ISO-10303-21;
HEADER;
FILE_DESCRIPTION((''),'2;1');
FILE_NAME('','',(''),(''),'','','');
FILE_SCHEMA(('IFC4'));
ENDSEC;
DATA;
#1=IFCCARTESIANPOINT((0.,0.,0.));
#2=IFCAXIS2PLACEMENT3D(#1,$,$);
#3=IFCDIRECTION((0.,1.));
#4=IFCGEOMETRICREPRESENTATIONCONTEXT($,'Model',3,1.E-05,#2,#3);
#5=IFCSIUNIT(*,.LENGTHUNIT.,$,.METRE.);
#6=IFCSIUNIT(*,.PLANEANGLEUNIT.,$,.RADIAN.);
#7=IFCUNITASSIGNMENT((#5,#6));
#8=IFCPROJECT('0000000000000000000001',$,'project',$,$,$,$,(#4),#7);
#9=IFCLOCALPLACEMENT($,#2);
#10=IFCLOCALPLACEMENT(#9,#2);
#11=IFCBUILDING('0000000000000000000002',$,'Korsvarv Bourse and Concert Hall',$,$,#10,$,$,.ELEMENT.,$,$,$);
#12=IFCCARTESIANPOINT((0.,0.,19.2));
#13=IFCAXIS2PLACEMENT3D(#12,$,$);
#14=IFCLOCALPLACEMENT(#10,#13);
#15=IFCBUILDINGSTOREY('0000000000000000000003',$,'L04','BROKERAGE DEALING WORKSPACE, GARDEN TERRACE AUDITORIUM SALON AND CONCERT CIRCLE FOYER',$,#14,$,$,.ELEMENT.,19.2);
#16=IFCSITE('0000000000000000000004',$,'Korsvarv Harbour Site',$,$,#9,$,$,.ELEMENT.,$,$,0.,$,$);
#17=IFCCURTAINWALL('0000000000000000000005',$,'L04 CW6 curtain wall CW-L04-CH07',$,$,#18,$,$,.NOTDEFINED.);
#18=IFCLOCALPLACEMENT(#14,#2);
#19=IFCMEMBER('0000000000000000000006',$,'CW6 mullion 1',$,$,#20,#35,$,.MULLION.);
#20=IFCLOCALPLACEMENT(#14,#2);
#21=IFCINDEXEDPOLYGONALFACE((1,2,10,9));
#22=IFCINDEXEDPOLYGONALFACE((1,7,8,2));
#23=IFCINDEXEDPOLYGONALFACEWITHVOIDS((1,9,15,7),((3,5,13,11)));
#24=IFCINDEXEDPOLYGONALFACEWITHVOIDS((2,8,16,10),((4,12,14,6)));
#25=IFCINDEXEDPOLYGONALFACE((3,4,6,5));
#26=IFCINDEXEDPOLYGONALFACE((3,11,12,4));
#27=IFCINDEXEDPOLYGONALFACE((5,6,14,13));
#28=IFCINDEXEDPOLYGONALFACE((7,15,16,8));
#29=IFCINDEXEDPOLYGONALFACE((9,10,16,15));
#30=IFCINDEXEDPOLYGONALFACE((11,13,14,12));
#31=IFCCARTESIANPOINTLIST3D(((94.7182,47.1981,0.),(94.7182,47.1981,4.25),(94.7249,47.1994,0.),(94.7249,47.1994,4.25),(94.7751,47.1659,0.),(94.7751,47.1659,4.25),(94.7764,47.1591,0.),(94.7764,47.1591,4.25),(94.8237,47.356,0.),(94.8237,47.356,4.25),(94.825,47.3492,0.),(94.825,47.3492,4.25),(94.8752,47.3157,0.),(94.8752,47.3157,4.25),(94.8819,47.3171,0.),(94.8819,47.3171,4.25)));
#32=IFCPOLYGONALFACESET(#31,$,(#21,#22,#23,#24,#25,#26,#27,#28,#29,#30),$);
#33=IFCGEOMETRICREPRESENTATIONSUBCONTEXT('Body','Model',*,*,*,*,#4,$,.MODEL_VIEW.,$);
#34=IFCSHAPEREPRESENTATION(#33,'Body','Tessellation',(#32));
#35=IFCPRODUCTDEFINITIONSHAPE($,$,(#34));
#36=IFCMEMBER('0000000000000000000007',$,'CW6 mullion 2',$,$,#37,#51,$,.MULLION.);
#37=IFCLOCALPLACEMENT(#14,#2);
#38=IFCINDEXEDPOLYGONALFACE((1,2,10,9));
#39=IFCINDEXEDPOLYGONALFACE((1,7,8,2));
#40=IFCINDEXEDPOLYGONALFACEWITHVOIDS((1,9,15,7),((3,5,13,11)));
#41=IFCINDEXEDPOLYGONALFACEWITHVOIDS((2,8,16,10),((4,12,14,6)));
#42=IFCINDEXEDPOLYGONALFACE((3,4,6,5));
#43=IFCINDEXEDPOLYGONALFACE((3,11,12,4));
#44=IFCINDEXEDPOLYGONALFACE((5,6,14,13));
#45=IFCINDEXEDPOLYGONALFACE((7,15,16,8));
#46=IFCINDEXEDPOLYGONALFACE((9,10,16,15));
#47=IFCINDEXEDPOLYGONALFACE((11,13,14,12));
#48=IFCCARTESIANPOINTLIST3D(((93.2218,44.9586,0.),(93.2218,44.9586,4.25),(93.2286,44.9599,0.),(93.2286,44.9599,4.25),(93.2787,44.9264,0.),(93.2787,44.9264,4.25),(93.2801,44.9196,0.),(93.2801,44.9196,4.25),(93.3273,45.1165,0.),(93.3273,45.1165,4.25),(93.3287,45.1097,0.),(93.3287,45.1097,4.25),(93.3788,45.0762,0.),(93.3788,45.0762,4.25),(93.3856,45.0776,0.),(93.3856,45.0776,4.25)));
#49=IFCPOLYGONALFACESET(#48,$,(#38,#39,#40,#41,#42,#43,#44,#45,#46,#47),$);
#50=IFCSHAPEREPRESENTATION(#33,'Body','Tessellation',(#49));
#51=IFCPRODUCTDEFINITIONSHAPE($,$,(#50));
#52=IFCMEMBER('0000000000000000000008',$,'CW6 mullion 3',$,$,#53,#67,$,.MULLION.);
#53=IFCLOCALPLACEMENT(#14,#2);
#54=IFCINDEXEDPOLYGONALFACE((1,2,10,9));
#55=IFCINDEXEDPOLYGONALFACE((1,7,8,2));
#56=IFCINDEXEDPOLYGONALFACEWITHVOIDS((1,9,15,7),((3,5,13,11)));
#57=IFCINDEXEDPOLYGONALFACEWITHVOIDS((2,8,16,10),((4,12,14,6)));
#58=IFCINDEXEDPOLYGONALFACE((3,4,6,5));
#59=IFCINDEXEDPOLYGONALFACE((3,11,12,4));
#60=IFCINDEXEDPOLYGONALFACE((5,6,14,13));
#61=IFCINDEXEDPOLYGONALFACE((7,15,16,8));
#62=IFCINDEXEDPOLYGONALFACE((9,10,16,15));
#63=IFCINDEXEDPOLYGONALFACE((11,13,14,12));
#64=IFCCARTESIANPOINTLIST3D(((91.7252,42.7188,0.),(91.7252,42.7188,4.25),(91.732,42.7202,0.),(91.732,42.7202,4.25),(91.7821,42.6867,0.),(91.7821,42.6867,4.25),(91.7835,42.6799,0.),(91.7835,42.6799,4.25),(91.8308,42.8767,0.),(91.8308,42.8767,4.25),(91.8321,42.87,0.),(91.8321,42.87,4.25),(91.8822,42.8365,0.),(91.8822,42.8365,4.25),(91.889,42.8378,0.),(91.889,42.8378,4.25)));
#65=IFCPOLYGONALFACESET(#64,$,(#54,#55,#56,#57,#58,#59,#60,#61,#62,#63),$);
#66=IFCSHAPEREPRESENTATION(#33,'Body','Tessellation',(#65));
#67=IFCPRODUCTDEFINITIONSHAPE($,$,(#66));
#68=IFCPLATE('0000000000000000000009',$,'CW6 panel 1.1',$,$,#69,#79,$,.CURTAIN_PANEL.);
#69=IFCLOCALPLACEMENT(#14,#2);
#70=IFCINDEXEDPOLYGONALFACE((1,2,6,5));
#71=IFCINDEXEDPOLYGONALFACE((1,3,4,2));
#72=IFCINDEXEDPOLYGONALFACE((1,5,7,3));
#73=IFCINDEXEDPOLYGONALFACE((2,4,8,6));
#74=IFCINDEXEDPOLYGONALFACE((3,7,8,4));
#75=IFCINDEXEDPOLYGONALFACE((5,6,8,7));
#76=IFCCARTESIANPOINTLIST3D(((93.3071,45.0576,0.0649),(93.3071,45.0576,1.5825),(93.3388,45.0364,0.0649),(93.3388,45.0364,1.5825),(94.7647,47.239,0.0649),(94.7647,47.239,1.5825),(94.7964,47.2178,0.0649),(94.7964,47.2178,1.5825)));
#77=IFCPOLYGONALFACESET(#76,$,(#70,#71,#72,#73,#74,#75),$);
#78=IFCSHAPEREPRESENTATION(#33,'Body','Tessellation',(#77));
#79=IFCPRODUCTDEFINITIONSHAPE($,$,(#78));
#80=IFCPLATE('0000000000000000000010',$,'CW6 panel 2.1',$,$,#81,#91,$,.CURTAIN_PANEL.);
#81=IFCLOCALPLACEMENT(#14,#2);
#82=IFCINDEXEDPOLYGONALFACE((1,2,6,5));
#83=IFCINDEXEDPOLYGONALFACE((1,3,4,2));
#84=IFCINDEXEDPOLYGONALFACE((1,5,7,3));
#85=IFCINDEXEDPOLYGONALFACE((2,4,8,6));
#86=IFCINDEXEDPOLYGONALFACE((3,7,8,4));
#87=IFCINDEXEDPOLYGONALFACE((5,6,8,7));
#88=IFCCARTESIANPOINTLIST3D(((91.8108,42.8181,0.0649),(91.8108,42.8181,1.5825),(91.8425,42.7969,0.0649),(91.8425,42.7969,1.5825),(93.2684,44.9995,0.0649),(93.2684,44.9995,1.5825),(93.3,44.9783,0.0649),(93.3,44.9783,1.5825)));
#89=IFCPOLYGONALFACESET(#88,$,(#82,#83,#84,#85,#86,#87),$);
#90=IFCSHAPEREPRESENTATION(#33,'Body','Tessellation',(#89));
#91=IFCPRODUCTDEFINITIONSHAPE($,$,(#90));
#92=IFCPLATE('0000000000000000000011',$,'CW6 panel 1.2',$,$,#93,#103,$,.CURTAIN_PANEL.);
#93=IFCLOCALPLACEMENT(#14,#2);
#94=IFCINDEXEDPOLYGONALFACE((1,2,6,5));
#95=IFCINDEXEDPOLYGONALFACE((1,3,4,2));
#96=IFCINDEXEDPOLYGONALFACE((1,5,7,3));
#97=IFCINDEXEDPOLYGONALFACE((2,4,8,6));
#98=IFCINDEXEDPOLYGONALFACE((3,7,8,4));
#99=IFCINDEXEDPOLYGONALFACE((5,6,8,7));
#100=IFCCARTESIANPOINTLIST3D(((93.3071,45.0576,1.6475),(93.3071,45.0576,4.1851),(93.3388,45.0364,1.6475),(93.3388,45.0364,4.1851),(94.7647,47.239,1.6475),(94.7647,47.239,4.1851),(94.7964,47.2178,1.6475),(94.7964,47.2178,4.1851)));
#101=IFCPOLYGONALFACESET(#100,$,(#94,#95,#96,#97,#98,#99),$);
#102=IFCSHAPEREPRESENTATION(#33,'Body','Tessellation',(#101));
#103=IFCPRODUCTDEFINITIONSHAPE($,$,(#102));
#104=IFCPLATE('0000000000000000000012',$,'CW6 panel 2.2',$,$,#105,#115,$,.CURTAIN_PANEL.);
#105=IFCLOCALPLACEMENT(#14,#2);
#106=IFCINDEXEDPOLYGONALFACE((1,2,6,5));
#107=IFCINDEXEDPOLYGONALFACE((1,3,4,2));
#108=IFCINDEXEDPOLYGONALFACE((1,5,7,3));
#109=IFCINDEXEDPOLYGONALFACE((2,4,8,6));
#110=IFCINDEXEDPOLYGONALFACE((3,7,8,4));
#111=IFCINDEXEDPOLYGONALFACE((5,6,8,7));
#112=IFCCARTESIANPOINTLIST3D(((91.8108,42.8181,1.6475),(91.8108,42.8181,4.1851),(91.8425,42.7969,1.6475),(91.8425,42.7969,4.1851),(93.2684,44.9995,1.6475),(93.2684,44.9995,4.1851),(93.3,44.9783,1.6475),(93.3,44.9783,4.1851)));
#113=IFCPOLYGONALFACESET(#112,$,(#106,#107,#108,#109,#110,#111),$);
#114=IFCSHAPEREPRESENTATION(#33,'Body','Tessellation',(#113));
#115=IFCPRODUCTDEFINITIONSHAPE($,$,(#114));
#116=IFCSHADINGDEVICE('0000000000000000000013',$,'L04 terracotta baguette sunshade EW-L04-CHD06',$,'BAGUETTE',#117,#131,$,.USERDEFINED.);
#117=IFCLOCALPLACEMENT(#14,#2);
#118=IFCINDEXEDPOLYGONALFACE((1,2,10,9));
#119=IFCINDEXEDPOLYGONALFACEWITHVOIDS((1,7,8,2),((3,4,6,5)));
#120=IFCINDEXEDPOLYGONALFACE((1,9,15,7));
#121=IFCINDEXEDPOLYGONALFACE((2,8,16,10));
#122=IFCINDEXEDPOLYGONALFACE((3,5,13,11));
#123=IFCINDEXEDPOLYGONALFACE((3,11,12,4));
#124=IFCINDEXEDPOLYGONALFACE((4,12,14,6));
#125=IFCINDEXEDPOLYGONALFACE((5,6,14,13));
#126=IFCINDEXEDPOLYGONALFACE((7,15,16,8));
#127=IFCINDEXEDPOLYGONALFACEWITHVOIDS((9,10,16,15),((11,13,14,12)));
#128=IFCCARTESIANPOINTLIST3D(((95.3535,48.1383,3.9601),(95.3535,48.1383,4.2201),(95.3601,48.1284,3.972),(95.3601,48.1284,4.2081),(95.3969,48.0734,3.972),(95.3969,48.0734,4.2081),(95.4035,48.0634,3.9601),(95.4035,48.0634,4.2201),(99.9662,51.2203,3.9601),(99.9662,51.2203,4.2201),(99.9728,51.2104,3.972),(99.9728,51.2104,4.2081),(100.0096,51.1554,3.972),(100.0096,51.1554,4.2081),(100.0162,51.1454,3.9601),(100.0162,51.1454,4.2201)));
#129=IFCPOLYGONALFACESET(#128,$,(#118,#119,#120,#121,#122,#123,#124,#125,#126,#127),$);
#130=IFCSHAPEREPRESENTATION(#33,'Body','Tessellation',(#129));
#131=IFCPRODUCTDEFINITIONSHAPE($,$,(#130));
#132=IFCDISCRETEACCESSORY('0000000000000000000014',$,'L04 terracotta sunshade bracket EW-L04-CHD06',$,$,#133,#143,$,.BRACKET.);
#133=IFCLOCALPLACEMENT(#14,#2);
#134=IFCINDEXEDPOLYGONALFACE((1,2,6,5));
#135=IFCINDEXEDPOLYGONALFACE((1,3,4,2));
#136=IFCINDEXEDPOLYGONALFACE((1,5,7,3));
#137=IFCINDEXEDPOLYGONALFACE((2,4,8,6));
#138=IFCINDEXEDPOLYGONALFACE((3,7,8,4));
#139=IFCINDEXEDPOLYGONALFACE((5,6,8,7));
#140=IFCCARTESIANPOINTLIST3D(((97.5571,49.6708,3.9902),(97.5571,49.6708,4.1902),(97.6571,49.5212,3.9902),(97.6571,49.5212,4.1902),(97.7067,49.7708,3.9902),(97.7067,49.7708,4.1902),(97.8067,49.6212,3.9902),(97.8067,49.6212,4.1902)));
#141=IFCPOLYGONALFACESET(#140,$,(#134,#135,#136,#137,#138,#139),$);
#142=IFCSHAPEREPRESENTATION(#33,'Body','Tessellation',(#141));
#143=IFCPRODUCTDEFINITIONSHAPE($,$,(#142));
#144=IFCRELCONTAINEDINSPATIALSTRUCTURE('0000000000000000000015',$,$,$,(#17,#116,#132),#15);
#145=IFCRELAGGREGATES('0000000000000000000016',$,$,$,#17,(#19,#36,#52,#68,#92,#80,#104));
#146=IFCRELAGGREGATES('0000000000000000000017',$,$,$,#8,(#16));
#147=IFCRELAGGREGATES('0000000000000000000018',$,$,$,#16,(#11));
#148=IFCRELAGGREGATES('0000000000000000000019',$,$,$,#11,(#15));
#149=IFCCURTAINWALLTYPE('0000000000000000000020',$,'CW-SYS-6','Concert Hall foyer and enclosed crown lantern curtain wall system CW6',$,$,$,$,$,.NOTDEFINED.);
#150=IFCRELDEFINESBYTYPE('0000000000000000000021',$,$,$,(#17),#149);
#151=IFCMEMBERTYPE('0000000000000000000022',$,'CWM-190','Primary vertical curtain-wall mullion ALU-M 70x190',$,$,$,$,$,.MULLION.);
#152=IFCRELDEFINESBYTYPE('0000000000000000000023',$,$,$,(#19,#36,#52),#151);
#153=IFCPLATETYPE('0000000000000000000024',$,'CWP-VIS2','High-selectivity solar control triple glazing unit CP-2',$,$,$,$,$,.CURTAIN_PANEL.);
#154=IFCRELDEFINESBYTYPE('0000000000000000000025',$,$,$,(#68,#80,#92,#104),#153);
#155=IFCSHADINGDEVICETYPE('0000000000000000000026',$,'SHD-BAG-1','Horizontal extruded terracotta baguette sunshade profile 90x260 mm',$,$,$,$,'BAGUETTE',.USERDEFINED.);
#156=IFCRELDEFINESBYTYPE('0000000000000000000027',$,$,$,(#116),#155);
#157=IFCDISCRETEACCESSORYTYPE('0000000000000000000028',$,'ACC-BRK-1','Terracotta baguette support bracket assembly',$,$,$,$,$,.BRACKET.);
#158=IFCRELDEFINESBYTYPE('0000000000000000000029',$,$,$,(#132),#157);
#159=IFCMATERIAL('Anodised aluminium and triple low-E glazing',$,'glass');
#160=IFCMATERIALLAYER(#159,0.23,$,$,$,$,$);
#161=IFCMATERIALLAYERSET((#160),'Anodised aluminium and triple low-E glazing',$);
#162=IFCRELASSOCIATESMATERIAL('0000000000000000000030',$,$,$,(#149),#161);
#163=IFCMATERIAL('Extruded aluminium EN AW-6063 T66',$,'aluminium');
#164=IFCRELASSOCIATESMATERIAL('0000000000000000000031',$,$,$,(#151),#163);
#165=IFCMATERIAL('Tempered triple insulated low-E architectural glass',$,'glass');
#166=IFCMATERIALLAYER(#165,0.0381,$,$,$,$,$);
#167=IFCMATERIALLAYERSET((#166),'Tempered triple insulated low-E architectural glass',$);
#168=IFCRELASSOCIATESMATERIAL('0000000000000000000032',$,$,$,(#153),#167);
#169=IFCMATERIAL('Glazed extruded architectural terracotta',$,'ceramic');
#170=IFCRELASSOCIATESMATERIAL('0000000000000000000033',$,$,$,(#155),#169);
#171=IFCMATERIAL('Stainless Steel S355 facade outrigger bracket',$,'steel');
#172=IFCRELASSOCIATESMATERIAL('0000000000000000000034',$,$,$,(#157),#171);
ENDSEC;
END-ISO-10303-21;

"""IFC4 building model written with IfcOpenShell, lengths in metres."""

from ifc_helpers import new_model, si_unit, direction, frame, origin, origin_2d, place, context, subcontext, project, spatial, rectangle, hollow_rectangle, extrude, source, transform, mapped, material, layer, layer_set, material_profile, profile_set, type_object, element, aggregate, save


model = new_model("IFC4")

# Units and contexts
model_context = context("Model", 3, precision=1e-05, world=origin(), true_north=direction((0.0, 1.0)))
body_context = subcontext(model_context, "Body", "Model", "MODEL_VIEW")
ifc_project = project(units=[si_unit("LENGTHUNIT", "METRE"), si_unit("PLANEANGLEUNIT", "RADIAN")], contexts=[model_context])

# Site, building, storey
site_placement = place(None, origin())
site = spatial("IfcSite", under=ifc_project, at=site_placement, Name="Korsvarv Harbour Site", CompositionType="ELEMENT", RefElevation=0.0)
building_placement = place(site_placement, origin())
building = spatial("IfcBuilding", under=site, at=building_placement, Name="Korsvarv Bourse and Concert Hall", CompositionType="ELEMENT")
storey_placement = place(building_placement, frame((0.0, 0.0, 19.2)))
storey = spatial("IfcBuildingStorey", under=building, at=storey_placement, Name="L04", Description="BROKERAGE DEALING WORKSPACE, GARDEN TERRACE AUDITORIUM SALON AND CONCERT CIRCLE FOYER", CompositionType="ELEMENT", Elevation=19.2)

# Curtain wall, members, plates
ifc_material_1 = material(Name="Anodised aluminium and triple low-E glazing", Category="glass")
ifc_layer_1 = layer(ifc_material_1, 0.23)
ifc_layer_set_1 = layer_set([ifc_layer_1], Name="Anodised aluminium and triple low-E glazing")
curtain_wall_type = type_object("IfcCurtainWallType", Name="CW-SYS-6", Description="Concert Hall foyer and enclosed crown lantern curtain wall system CW6", PredefinedType="NOTDEFINED", material=ifc_layer_set_1)
curtain_wall_placement = place(storey_placement, origin())
curtain_wall = element("IfcCurtainWall", 1, at=curtain_wall_placement, inside=storey, type_object=curtain_wall_type, Name="L04 CW6 curtain wall CW-L04-CH07", PredefinedType="NOTDEFINED")
ifc_material_2 = material(Name="Extruded aluminium EN AW-6063 T66", Category="aluminium")
ifc_material_profile_1 = material_profile(ifc_material_2, hollow_rectangle(XDim=0.0701, YDim=0.1899, WallThickness=0.0049, at=origin_2d()), Name="ALU-M 70x190")
ifc_profile_set_1 = profile_set([ifc_material_profile_1], Name="Extruded aluminium EN AW-6063 T66")
member_type_1 = type_object("IfcMemberType", Name="CWM-190", Description="Primary vertical curtain-wall mullion ALU-M 70x190", PredefinedType="MULLION", material=ifc_profile_set_1)
shared_shape_1 = source(origin(), body_context, "Body", "SweptSolid", [
    extrude(hollow_rectangle(XDim=0.0701, YDim=0.1899, WallThickness=0.0049, at=origin_2d()), origin(), (0.0, 0.0, 1.0), 4.25),
])
member_1_placement = place(storey_placement, frame((94.8, 47.2576, 0.0), z_axis=(0.0, 0.0, 1.0), x_axis=(0.831469, -0.555571, 0.0)))
member_1 = element("IfcMember", 2, at=member_1_placement, type_object=member_type_1, Name="CW6 mullion 1", PredefinedType="MULLION", context=body_context, shape_type="MappedRepresentation", body=[
    mapped(shared_shape_1, transform((0.0, 0.0, 0.0), scale=1.0)),
])
member_2_placement = place(storey_placement, frame((93.3037, 45.0181, 0.0), z_axis=(0.0, 0.0, 1.0), x_axis=(0.831469, -0.555571, 0.0)))
member_2 = element("IfcMember", 3, at=member_2_placement, type_object=member_type_1, Name="CW6 mullion 2", PredefinedType="MULLION", context=body_context, shape_type="MappedRepresentation", body=[
    mapped(shared_shape_1, transform((0.0, 0.0, 0.0), scale=1.0)),
])
member_3_placement = place(storey_placement, frame((91.8071, 42.7783, 0.0), z_axis=(0.0, 0.0, 1.0), x_axis=(0.831469, -0.555571, 0.0)))
member_3 = element("IfcMember", 4, at=member_3_placement, type_object=member_type_1, Name="CW6 mullion 3", PredefinedType="MULLION", context=body_context, shape_type="MappedRepresentation", body=[
    mapped(shared_shape_1, transform((0.0, 0.0, 0.0), scale=1.0)),
])
ifc_material_3 = material(Name="Tempered triple insulated low-E architectural glass", Category="glass")
ifc_layer_2 = layer(ifc_material_3, 0.0381)
ifc_layer_set_2 = layer_set([ifc_layer_2], Name="Tempered triple insulated low-E architectural glass")
plate_type = type_object("IfcPlateType", Name="CWP-VIS2", Description="High-selectivity solar control triple glazing unit CP-2", PredefinedType="CURTAIN_PANEL", material=ifc_layer_set_2)
shared_shape_2 = source(origin(), body_context, "Body", "SweptSolid", [
    extrude(rectangle(XDim=2.6235, YDim=0.0381, at=origin_2d()), origin(), (0.0, 0.0, 1.0), 1.5176),
])
plate_1_placement = place(storey_placement, frame((94.0518, 46.1377, 0.0649), z_axis=(0.0, 0.0, 1.0), x_axis=(-0.555571, -0.831469, 0.0)))
plate_1 = element("IfcPlate", 5, at=plate_1_placement, type_object=plate_type, Name="CW6 panel 1.1", PredefinedType="CURTAIN_PANEL", context=body_context, shape_type="MappedRepresentation", body=[
    mapped(shared_shape_2, transform((0.0, 0.0, 0.0), scale=1.0)),
])
plate_2_placement = place(storey_placement, frame((92.5554, 43.8982, 0.0649), z_axis=(0.0, 0.0, 1.0), x_axis=(-0.555571, -0.831469, 0.0)))
plate_2 = element("IfcPlate", 6, at=plate_2_placement, type_object=plate_type, Name="CW6 panel 2.1", PredefinedType="CURTAIN_PANEL", context=body_context, shape_type="MappedRepresentation", body=[
    mapped(shared_shape_2, transform((0.0, 0.0, 0.0), scale=1.0)),
])
shared_shape_3 = source(origin(), body_context, "Body", "SweptSolid", [
    extrude(rectangle(XDim=2.6235, YDim=0.0381, at=origin_2d()), origin(), (0.0, 0.0, 1.0), 2.5376),
])
plate_3_placement = place(storey_placement, frame((94.0518, 46.1377, 1.6475), z_axis=(0.0, 0.0, 1.0), x_axis=(-0.555571, -0.831469, 0.0)))
plate_3 = element("IfcPlate", 7, at=plate_3_placement, type_object=plate_type, Name="CW6 panel 1.2", PredefinedType="CURTAIN_PANEL", context=body_context, shape_type="MappedRepresentation", body=[
    mapped(shared_shape_3, transform((0.0, 0.0, 0.0), scale=1.0)),
])
plate_4_placement = place(storey_placement, frame((92.5554, 43.8982, 1.6475), z_axis=(0.0, 0.0, 1.0), x_axis=(-0.555571, -0.831469, 0.0)))
plate_4 = element("IfcPlate", 8, at=plate_4_placement, type_object=plate_type, Name="CW6 panel 2.2", PredefinedType="CURTAIN_PANEL", context=body_context, shape_type="MappedRepresentation", body=[
    mapped(shared_shape_3, transform((0.0, 0.0, 0.0), scale=1.0)),
])
aggregate(curtain_wall, [member_1, member_2, member_3, plate_1, plate_3, plate_2, plate_4])

# Shading device
ifc_material_4 = material(Name="Glazed extruded architectural terracotta", Category="ceramic")
ifc_material_profile_2 = material_profile(ifc_material_4, hollow_rectangle(XDim=0.0901, YDim=0.26, WallThickness=0.012, at=origin_2d()), Name="TC-BAG 90x260")
ifc_profile_set_2 = profile_set([ifc_material_profile_2], Name="Glazed extruded architectural terracotta")
shading_device_type = type_object("IfcShadingDeviceType", Name="SHD-BAG-1", Description="Horizontal extruded terracotta baguette sunshade profile 90x260 mm", ElementType="BAGUETTE", PredefinedType="USERDEFINED", material=ifc_profile_set_2)
shared_shape_4 = source(origin(), body_context, "Body", "SweptSolid", [
    extrude(hollow_rectangle(XDim=0.0901, YDim=0.26, WallThickness=0.012, at=origin_2d()), origin(), (0.0, 0.0, 1.0), 5.5476),
])
shading_device_placement = place(storey_placement, frame((99.9912, 51.1829, 4.0901), z_axis=(-0.831481, -0.555553, 0.0), x_axis=(0.555553, -0.831481, 0.0)))
element("IfcShadingDevice", 9, at=shading_device_placement, inside=storey, type_object=shading_device_type, Name="L04 terracotta baguette sunshade EW-L04-CHD06", ObjectType="BAGUETTE", PredefinedType="USERDEFINED", context=body_context, shape_type="MappedRepresentation", body=[
    mapped(shared_shape_4, transform((0.0, 0.0, 0.0), scale=1.0)),
])

# Discrete accessory
ifc_material_5 = material(Name="Stainless Steel S355 facade outrigger bracket", Category="steel")
discrete_accessory_type = type_object("IfcDiscreteAccessoryType", Name="ACC-BRK-1", Description="Terracotta baguette support bracket assembly", PredefinedType="BRACKET", material=ifc_material_5)
shared_shape_5 = source(origin(), body_context, "Body", "SweptSolid", [
    extrude(rectangle(XDim=0.1799, YDim=0.1799, at=origin_2d()), origin(), (0.0, 0.0, 1.0), 0.2),
])
discrete_accessory_placement = place(storey_placement, frame((97.6819, 49.646, 3.9902), z_axis=(0.0, 0.0, 1.0), x_axis=(-0.83147, -0.55557, 0.0)))
element("IfcDiscreteAccessory", 10, at=discrete_accessory_placement, inside=storey, type_object=discrete_accessory_type, Name="L04 terracotta sunshade bracket EW-L04-CHD06", PredefinedType="BRACKET", context=body_context, shape_type="MappedRepresentation", body=[
    mapped(shared_shape_5, transform((0.0, 0.0, 0.0), scale=1.0)),
])

save(model, "model.ifc")
